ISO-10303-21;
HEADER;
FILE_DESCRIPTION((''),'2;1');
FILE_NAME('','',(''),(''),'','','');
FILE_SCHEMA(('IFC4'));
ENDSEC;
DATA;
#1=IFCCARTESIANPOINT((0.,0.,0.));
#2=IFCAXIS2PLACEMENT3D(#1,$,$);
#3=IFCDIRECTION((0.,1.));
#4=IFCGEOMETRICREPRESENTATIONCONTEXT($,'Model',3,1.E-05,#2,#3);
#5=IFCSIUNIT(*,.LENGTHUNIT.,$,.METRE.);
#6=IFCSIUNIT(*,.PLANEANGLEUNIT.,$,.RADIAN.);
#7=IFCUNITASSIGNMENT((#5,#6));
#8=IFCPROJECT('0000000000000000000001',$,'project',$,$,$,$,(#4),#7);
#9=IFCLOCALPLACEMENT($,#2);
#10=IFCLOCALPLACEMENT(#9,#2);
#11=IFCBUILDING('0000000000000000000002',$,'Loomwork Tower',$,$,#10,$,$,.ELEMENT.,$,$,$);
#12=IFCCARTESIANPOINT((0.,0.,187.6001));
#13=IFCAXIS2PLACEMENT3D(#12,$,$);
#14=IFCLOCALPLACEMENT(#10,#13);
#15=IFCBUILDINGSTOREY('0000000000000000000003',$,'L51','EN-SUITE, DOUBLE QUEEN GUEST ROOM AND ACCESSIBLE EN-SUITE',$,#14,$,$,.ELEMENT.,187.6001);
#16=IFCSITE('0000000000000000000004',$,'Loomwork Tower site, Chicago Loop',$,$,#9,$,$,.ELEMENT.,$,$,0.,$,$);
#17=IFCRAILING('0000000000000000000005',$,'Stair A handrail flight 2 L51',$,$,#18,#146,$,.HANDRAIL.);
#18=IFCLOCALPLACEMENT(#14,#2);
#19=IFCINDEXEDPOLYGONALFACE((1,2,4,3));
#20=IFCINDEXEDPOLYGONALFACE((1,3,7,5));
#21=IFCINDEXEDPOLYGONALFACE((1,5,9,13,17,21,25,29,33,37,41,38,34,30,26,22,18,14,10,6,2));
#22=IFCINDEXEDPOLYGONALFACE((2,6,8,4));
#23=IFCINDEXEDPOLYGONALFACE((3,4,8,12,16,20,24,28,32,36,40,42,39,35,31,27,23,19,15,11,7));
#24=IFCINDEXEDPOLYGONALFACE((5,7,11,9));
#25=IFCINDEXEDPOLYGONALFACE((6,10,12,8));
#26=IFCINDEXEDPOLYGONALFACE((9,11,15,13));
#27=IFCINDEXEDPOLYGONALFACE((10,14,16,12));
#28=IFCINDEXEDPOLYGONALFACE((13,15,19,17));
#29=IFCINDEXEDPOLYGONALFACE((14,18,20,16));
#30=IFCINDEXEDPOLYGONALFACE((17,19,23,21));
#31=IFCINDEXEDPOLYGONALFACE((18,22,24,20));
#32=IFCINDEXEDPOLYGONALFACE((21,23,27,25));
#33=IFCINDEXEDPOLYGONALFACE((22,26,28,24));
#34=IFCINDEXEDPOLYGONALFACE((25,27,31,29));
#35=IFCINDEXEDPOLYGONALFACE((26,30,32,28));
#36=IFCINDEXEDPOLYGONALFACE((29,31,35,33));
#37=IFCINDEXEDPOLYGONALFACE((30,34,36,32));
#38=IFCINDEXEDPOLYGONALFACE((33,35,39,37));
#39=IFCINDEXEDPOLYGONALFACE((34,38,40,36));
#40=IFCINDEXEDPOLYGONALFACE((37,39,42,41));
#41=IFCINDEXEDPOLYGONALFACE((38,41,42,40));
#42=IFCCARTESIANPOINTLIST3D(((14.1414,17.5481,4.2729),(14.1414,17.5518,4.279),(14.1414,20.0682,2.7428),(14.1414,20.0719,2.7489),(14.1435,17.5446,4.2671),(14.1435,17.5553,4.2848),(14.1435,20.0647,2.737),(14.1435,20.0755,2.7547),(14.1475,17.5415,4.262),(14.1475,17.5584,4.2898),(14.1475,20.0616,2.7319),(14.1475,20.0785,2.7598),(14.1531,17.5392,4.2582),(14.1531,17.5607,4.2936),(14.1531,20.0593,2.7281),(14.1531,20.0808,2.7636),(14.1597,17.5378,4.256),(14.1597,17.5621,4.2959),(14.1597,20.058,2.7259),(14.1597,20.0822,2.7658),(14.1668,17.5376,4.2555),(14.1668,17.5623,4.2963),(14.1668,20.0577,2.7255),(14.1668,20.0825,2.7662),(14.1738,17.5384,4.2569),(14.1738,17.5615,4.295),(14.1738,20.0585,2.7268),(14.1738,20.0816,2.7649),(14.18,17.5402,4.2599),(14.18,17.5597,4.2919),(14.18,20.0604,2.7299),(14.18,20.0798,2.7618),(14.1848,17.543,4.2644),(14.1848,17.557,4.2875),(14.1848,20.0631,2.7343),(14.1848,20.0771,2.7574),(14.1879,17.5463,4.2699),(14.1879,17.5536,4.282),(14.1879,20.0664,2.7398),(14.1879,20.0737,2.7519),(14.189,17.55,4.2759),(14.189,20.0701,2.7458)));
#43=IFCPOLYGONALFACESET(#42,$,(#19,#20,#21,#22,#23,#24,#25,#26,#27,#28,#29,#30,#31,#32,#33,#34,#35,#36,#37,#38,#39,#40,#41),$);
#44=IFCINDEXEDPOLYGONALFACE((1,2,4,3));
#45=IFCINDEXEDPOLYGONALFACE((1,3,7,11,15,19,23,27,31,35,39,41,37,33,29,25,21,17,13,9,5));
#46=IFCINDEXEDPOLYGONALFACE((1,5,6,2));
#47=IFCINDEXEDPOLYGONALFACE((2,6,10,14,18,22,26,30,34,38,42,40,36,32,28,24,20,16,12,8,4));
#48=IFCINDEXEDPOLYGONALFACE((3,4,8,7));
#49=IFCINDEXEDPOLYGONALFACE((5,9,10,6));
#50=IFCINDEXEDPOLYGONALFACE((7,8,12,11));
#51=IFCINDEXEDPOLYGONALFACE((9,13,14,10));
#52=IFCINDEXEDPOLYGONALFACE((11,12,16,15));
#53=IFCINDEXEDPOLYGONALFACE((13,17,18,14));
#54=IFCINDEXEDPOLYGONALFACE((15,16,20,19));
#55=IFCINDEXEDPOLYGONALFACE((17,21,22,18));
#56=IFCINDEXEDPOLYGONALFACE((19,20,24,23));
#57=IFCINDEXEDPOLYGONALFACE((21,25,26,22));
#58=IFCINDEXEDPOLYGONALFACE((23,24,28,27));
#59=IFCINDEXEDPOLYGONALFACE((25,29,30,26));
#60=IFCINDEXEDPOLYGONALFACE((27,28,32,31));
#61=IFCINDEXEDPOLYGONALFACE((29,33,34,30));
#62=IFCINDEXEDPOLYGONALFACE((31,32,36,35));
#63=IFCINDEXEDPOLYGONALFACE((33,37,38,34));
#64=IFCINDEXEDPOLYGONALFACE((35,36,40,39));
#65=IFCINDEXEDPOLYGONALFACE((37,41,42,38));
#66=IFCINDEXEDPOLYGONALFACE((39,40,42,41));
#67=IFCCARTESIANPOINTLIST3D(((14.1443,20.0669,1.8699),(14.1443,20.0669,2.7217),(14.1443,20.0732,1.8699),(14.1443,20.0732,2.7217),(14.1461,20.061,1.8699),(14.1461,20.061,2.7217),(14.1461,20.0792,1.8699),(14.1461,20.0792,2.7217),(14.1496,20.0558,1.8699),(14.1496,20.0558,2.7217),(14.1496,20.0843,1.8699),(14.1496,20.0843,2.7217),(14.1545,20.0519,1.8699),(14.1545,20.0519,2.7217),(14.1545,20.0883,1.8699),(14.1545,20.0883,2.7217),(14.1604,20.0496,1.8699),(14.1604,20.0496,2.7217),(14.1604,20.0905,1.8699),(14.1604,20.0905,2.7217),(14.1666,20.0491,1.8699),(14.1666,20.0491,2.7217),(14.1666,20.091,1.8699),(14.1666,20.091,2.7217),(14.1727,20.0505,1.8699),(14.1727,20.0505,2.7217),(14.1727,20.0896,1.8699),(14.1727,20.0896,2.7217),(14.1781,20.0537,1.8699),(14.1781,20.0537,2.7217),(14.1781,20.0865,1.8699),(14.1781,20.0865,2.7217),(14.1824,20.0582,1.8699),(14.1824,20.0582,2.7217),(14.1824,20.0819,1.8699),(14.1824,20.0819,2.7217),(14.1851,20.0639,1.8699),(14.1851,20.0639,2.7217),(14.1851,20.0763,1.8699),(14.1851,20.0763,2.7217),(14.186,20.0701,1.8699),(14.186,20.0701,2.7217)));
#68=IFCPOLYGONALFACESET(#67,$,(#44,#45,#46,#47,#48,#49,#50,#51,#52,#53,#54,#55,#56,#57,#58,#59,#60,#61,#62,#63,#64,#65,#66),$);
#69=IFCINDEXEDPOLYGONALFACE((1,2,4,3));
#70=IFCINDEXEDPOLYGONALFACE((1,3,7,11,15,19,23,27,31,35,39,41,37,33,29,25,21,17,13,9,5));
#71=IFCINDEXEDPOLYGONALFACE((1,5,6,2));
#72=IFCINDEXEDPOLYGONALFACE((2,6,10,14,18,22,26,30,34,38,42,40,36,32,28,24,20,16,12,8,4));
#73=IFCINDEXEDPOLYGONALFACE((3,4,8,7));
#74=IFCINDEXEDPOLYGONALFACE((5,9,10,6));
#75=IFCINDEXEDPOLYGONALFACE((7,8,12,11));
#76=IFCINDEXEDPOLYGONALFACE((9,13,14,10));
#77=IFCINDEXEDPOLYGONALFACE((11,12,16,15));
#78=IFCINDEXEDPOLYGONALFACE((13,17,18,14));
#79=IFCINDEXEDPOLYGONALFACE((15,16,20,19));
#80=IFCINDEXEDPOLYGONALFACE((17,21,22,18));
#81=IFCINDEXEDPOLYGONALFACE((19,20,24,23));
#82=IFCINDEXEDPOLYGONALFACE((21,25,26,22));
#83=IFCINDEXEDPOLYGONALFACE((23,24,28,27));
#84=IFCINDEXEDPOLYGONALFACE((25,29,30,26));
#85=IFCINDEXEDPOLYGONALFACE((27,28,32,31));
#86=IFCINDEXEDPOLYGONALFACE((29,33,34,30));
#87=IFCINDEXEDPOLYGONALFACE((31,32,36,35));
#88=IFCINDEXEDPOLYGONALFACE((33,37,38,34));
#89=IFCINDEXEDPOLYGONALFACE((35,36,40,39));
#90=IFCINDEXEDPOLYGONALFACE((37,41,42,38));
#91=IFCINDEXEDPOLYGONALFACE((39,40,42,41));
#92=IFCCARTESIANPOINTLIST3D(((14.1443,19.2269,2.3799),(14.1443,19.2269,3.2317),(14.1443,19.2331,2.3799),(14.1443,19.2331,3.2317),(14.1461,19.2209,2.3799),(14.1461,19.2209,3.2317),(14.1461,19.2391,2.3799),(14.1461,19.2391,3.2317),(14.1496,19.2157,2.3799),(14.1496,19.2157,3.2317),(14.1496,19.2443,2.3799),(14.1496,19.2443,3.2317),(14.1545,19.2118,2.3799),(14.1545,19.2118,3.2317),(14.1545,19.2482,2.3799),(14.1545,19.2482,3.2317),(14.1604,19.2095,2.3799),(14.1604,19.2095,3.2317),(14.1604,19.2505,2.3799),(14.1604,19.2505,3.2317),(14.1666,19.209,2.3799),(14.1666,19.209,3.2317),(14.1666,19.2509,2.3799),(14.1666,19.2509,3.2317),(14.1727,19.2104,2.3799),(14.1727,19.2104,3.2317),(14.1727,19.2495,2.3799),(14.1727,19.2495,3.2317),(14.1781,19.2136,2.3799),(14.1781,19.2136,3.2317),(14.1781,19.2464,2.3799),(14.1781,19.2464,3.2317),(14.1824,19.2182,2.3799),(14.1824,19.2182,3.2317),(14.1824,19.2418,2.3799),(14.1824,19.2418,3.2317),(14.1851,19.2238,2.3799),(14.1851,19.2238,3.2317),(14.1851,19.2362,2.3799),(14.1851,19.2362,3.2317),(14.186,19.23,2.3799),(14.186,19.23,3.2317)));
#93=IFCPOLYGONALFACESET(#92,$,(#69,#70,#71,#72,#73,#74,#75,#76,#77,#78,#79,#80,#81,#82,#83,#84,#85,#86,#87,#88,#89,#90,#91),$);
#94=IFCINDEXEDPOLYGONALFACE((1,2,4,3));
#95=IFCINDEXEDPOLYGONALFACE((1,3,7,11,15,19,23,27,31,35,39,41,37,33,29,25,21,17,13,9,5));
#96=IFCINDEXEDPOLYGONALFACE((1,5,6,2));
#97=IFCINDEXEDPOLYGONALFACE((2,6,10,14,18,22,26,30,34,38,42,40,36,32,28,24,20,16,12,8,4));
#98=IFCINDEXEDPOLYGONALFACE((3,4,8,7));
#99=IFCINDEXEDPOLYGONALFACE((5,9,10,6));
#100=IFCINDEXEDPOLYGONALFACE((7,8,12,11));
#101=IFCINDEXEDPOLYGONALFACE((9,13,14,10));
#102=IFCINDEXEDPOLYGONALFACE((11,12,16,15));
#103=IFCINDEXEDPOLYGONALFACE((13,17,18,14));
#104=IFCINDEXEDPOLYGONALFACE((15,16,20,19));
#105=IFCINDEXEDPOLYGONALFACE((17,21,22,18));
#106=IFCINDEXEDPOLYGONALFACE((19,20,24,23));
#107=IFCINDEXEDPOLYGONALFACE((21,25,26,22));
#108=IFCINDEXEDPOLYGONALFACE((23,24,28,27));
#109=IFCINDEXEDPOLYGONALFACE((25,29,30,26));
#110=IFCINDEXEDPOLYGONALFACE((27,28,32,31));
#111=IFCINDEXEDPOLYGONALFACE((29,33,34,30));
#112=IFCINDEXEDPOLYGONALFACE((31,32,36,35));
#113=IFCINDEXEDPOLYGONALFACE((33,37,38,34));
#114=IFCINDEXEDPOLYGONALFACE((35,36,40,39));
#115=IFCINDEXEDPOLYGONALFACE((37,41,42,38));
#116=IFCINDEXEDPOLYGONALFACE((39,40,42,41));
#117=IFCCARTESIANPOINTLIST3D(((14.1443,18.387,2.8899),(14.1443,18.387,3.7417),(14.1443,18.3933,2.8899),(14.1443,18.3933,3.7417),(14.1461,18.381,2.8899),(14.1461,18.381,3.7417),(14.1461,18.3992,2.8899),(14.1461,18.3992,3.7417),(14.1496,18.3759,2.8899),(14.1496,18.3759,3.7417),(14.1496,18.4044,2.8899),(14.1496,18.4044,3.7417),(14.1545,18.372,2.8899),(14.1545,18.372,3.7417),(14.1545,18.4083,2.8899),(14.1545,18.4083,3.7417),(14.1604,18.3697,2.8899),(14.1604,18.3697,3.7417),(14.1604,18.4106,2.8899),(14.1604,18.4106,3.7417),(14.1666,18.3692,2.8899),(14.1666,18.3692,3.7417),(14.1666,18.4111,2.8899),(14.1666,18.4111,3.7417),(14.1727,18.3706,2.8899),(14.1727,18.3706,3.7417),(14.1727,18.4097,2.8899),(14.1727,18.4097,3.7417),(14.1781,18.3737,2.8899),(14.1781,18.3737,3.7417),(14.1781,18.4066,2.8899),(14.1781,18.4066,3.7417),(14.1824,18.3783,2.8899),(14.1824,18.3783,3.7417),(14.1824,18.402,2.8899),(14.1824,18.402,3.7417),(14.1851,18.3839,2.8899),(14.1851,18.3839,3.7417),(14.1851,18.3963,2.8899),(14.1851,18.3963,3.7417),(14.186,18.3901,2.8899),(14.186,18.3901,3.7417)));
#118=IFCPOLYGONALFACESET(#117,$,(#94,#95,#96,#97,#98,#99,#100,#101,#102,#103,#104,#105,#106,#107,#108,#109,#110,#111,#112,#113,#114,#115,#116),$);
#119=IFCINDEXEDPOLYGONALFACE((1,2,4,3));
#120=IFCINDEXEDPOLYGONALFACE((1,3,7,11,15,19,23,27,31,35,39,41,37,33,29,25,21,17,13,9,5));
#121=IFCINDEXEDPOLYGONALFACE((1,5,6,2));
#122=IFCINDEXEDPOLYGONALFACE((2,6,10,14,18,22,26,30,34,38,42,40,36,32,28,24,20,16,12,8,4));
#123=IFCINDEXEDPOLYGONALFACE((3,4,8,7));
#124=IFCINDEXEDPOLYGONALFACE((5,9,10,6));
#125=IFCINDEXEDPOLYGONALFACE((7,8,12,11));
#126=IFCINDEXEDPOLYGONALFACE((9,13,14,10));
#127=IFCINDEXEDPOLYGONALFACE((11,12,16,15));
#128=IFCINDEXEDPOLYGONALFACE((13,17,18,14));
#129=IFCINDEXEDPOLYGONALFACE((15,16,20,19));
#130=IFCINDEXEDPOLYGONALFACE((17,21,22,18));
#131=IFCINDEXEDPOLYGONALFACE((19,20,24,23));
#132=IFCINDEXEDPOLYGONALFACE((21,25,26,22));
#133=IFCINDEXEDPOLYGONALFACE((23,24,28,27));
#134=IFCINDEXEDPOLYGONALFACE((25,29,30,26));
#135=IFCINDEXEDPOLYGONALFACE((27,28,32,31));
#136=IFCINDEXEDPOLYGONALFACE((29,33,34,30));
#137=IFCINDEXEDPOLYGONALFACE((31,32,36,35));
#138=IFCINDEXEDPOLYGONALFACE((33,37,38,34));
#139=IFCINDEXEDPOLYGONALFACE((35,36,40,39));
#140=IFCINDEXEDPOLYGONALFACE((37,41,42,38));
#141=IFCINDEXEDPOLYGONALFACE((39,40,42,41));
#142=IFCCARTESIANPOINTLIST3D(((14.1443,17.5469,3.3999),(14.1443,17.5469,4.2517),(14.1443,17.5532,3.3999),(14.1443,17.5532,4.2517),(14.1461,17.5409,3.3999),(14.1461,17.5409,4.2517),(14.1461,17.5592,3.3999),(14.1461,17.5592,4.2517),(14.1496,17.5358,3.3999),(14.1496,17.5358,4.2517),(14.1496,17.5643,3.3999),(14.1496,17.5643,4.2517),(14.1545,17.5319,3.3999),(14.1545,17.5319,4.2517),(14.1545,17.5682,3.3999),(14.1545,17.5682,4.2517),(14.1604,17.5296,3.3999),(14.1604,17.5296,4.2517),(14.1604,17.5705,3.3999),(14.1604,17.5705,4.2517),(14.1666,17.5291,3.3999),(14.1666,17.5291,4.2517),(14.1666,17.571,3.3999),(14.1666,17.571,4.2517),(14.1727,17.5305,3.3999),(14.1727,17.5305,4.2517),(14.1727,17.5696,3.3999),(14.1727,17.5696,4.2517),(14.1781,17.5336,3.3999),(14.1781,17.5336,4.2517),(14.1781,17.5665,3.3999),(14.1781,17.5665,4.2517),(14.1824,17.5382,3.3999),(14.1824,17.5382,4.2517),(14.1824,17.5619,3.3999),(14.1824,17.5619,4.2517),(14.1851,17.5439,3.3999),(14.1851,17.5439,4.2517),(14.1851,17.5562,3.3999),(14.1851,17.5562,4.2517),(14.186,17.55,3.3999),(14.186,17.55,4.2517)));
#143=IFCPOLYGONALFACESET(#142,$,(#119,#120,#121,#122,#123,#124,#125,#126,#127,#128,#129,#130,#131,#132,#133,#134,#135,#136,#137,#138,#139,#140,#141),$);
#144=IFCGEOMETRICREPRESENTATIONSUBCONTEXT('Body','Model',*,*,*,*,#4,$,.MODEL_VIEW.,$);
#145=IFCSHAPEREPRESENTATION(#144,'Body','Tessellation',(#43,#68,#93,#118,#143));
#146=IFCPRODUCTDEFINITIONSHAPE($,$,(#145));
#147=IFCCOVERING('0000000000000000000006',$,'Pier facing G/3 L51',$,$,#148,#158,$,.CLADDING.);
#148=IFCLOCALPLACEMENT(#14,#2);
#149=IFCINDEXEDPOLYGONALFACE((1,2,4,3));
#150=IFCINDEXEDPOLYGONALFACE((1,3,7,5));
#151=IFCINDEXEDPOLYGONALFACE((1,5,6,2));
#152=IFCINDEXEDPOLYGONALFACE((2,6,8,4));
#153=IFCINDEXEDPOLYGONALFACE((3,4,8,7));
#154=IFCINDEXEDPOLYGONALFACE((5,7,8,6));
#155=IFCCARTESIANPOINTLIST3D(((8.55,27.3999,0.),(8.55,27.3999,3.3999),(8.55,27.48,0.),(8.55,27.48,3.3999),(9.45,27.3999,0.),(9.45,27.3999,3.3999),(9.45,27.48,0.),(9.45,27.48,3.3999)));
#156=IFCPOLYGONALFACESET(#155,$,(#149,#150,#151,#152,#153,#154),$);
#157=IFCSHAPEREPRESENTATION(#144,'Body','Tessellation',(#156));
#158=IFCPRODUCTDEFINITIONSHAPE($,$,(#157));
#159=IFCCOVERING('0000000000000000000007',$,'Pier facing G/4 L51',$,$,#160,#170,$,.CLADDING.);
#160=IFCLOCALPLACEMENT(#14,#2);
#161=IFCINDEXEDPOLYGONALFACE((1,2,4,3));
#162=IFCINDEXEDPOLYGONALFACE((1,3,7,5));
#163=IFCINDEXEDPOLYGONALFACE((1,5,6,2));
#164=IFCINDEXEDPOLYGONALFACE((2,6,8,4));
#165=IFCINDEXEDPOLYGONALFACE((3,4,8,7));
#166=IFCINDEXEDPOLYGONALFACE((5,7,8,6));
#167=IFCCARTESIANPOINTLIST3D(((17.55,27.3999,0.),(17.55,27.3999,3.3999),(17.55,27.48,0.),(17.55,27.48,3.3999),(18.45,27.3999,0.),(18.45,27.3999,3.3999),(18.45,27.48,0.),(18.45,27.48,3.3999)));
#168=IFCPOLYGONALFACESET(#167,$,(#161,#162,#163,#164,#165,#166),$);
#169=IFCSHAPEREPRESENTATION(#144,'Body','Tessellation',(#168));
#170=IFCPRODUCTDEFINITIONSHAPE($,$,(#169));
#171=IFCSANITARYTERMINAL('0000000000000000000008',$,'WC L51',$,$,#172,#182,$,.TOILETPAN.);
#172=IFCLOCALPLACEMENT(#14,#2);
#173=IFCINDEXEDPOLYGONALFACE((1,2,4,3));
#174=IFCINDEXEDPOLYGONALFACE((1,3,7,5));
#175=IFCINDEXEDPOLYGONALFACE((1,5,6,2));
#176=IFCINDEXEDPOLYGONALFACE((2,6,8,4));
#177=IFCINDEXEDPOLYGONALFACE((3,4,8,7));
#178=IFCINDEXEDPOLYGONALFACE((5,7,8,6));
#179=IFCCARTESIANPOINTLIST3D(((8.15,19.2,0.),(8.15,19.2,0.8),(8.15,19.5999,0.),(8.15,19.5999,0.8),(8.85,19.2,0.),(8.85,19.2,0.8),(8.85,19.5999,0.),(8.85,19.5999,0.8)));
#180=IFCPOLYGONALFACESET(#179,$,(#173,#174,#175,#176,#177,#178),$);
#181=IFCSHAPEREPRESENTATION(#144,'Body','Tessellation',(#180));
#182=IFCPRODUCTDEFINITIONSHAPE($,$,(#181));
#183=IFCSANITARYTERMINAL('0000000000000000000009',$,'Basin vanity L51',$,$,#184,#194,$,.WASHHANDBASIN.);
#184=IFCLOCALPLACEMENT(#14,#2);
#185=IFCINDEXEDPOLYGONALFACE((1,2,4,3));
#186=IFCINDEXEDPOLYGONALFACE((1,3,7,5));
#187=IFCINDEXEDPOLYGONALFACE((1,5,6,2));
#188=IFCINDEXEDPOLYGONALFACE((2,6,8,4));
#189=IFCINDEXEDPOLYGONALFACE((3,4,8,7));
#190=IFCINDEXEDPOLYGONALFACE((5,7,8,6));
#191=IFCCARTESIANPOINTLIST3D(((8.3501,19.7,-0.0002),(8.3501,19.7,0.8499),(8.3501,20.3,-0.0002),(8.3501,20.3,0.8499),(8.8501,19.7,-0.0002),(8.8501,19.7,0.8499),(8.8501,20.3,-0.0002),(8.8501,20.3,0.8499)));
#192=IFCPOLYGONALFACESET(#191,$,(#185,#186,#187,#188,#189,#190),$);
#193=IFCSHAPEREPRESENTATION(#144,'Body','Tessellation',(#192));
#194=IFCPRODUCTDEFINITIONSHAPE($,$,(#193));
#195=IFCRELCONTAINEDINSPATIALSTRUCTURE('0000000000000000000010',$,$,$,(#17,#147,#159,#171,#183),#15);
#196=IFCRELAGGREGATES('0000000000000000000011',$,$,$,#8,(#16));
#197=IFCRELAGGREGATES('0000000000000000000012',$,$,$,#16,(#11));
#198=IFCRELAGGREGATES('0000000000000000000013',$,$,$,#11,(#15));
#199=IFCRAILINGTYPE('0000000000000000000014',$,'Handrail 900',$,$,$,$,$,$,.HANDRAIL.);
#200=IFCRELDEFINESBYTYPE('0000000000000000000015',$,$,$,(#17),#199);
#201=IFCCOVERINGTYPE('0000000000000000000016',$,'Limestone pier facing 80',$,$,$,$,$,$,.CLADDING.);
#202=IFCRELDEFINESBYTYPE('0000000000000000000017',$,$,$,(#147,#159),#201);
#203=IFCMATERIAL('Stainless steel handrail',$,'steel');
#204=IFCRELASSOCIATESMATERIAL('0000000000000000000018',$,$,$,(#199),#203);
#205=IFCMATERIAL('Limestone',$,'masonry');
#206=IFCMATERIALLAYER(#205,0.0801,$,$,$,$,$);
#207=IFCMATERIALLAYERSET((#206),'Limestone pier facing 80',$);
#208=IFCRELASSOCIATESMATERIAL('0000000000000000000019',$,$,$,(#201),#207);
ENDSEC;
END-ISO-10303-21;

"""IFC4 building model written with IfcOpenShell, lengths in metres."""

from ifc_helpers import new_model, si_unit, direction, frame, origin, origin_2d, place, context, subcontext, project, spatial, rectangle, circle, extrude, material, layer, layer_set, type_object, element, save


model = new_model("IFC4")

# Units and contexts
model_context = context("Model", 3, precision=1e-05, world=origin(), true_north=direction((0.0, 1.0)))
body_context = subcontext(model_context, "Body", "Model", "MODEL_VIEW")
ifc_project = project(units=[si_unit("LENGTHUNIT", "METRE"), si_unit("PLANEANGLEUNIT", "RADIAN")], contexts=[model_context])

# Site, building, storey
site_placement = place(None, origin())
site = spatial("IfcSite", under=ifc_project, at=site_placement, Name="Loomwork Tower site, Chicago Loop", CompositionType="ELEMENT", RefElevation=0.0)
building_placement = place(site_placement, origin())
building = spatial("IfcBuilding", under=site, at=building_placement, Name="Loomwork Tower", CompositionType="ELEMENT")
storey_placement = place(building_placement, frame((0.0, 0.0, 187.6001)))
storey = spatial("IfcBuildingStorey", under=building, at=storey_placement, Name="L51", Description="EN-SUITE, DOUBLE QUEEN GUEST ROOM AND ACCESSIBLE EN-SUITE", CompositionType="ELEMENT", Elevation=187.6001)

# Railing
ifc_material_1 = material(Name="Stainless steel handrail", Category="steel")
railing_type = type_object("IfcRailingType", Name="Handrail 900", PredefinedType="HANDRAIL", material=ifc_material_1)
railing_placement = place(storey_placement, frame((14.165, 20.0701, 1.8699)))
element("IfcRailing", 1, at=railing_placement, inside=storey, type_object=railing_type, Name="Stair A handrail flight 2 L51", PredefinedType="HANDRAIL", context=body_context, shape_type="SweptSolid", body=[
    extrude(circle(Radius=0.0239, at=origin_2d()), frame((0.0, 0.0, 0.876), z_axis=(0.0, -0.854785, 0.518982), x_axis=(1.0, 0.0, 0.0)), (0.0, 0.0, 1.0), 2.9482),
    extrude(circle(Radius=0.021, at=origin_2d()), origin(), (0.0, 0.0, 1.0), 0.8518),
    extrude(circle(Radius=0.021, at=origin_2d()), frame((0.0, -0.8401, 0.51)), (0.0, 0.0, 1.0), 0.8518),
    extrude(circle(Radius=0.021, at=origin_2d()), frame((0.0, -1.6799, 1.02)), (0.0, 0.0, 1.0), 0.8518),
    extrude(circle(Radius=0.021, at=origin_2d()), frame((0.0, -2.52, 1.53)), (0.0, 0.0, 1.0), 0.8518),
])

# Coverings
ifc_material_2 = material(Name="Limestone", Category="masonry")
ifc_layer_1 = layer(ifc_material_2, 0.0801)
ifc_layer_set_1 = layer_set([ifc_layer_1], Name="Limestone pier facing 80")
covering_type = type_object("IfcCoveringType", Name="Limestone pier facing 80", PredefinedType="CLADDING", material=ifc_layer_set_1)
for number, where, z_axis, x_axis, name in (
    (2, (9.0, 27.4399, 0.0), (0.0, 0.0, 1.0), (1.0, 0.0, 0.0), "Pier facing G/3 L51"),
    (3, (18.0, 27.4399, 0.0), (0.0, 0.0, 1.0), (1.0, 0.0, 0.0), "Pier facing G/4 L51"),
):
    element("IfcCovering", number, at=place(storey_placement, frame(where, z_axis=z_axis, x_axis=x_axis)), inside=storey, type_object=covering_type, Name=name, PredefinedType="CLADDING", context=body_context, shape_type="SweptSolid", body=[
        extrude(rectangle(XDim=0.8999, YDim=0.0801, at=origin_2d()), origin(), (0.0, 0.0, 1.0), 3.3999),
    ])

# Sanitary terminals
sanitary_terminal_1_placement = place(storey_placement, frame((8.5, 19.3999, 0.0), z_axis=(0.0, 0.0, 1.0), x_axis=(1.0, 0.0, 0.0)))
element("IfcSanitaryTerminal", 4, at=sanitary_terminal_1_placement, inside=storey, Name="WC L51", PredefinedType="TOILETPAN", context=body_context, shape_type="SweptSolid", body=[
    extrude(rectangle(XDim=0.7, YDim=0.3999, at=origin_2d()), origin(), (0.0, 0.0, 1.0), 0.8),
])
sanitary_terminal_2_placement = place(storey_placement, frame((8.6001, 20.0, -0.0002), z_axis=(0.0, 0.0, 1.0), x_axis=(1.0, 0.0, 0.0)))
element("IfcSanitaryTerminal", 5, at=sanitary_terminal_2_placement, inside=storey, Name="Basin vanity L51", PredefinedType="WASHHANDBASIN", context=body_context, shape_type="SweptSolid", body=[
    extrude(rectangle(XDim=0.5, YDim=0.6001, at=origin_2d()), origin(), (0.0, 0.0, 1.0), 0.8501),
])

save(model, "model.ifc")
